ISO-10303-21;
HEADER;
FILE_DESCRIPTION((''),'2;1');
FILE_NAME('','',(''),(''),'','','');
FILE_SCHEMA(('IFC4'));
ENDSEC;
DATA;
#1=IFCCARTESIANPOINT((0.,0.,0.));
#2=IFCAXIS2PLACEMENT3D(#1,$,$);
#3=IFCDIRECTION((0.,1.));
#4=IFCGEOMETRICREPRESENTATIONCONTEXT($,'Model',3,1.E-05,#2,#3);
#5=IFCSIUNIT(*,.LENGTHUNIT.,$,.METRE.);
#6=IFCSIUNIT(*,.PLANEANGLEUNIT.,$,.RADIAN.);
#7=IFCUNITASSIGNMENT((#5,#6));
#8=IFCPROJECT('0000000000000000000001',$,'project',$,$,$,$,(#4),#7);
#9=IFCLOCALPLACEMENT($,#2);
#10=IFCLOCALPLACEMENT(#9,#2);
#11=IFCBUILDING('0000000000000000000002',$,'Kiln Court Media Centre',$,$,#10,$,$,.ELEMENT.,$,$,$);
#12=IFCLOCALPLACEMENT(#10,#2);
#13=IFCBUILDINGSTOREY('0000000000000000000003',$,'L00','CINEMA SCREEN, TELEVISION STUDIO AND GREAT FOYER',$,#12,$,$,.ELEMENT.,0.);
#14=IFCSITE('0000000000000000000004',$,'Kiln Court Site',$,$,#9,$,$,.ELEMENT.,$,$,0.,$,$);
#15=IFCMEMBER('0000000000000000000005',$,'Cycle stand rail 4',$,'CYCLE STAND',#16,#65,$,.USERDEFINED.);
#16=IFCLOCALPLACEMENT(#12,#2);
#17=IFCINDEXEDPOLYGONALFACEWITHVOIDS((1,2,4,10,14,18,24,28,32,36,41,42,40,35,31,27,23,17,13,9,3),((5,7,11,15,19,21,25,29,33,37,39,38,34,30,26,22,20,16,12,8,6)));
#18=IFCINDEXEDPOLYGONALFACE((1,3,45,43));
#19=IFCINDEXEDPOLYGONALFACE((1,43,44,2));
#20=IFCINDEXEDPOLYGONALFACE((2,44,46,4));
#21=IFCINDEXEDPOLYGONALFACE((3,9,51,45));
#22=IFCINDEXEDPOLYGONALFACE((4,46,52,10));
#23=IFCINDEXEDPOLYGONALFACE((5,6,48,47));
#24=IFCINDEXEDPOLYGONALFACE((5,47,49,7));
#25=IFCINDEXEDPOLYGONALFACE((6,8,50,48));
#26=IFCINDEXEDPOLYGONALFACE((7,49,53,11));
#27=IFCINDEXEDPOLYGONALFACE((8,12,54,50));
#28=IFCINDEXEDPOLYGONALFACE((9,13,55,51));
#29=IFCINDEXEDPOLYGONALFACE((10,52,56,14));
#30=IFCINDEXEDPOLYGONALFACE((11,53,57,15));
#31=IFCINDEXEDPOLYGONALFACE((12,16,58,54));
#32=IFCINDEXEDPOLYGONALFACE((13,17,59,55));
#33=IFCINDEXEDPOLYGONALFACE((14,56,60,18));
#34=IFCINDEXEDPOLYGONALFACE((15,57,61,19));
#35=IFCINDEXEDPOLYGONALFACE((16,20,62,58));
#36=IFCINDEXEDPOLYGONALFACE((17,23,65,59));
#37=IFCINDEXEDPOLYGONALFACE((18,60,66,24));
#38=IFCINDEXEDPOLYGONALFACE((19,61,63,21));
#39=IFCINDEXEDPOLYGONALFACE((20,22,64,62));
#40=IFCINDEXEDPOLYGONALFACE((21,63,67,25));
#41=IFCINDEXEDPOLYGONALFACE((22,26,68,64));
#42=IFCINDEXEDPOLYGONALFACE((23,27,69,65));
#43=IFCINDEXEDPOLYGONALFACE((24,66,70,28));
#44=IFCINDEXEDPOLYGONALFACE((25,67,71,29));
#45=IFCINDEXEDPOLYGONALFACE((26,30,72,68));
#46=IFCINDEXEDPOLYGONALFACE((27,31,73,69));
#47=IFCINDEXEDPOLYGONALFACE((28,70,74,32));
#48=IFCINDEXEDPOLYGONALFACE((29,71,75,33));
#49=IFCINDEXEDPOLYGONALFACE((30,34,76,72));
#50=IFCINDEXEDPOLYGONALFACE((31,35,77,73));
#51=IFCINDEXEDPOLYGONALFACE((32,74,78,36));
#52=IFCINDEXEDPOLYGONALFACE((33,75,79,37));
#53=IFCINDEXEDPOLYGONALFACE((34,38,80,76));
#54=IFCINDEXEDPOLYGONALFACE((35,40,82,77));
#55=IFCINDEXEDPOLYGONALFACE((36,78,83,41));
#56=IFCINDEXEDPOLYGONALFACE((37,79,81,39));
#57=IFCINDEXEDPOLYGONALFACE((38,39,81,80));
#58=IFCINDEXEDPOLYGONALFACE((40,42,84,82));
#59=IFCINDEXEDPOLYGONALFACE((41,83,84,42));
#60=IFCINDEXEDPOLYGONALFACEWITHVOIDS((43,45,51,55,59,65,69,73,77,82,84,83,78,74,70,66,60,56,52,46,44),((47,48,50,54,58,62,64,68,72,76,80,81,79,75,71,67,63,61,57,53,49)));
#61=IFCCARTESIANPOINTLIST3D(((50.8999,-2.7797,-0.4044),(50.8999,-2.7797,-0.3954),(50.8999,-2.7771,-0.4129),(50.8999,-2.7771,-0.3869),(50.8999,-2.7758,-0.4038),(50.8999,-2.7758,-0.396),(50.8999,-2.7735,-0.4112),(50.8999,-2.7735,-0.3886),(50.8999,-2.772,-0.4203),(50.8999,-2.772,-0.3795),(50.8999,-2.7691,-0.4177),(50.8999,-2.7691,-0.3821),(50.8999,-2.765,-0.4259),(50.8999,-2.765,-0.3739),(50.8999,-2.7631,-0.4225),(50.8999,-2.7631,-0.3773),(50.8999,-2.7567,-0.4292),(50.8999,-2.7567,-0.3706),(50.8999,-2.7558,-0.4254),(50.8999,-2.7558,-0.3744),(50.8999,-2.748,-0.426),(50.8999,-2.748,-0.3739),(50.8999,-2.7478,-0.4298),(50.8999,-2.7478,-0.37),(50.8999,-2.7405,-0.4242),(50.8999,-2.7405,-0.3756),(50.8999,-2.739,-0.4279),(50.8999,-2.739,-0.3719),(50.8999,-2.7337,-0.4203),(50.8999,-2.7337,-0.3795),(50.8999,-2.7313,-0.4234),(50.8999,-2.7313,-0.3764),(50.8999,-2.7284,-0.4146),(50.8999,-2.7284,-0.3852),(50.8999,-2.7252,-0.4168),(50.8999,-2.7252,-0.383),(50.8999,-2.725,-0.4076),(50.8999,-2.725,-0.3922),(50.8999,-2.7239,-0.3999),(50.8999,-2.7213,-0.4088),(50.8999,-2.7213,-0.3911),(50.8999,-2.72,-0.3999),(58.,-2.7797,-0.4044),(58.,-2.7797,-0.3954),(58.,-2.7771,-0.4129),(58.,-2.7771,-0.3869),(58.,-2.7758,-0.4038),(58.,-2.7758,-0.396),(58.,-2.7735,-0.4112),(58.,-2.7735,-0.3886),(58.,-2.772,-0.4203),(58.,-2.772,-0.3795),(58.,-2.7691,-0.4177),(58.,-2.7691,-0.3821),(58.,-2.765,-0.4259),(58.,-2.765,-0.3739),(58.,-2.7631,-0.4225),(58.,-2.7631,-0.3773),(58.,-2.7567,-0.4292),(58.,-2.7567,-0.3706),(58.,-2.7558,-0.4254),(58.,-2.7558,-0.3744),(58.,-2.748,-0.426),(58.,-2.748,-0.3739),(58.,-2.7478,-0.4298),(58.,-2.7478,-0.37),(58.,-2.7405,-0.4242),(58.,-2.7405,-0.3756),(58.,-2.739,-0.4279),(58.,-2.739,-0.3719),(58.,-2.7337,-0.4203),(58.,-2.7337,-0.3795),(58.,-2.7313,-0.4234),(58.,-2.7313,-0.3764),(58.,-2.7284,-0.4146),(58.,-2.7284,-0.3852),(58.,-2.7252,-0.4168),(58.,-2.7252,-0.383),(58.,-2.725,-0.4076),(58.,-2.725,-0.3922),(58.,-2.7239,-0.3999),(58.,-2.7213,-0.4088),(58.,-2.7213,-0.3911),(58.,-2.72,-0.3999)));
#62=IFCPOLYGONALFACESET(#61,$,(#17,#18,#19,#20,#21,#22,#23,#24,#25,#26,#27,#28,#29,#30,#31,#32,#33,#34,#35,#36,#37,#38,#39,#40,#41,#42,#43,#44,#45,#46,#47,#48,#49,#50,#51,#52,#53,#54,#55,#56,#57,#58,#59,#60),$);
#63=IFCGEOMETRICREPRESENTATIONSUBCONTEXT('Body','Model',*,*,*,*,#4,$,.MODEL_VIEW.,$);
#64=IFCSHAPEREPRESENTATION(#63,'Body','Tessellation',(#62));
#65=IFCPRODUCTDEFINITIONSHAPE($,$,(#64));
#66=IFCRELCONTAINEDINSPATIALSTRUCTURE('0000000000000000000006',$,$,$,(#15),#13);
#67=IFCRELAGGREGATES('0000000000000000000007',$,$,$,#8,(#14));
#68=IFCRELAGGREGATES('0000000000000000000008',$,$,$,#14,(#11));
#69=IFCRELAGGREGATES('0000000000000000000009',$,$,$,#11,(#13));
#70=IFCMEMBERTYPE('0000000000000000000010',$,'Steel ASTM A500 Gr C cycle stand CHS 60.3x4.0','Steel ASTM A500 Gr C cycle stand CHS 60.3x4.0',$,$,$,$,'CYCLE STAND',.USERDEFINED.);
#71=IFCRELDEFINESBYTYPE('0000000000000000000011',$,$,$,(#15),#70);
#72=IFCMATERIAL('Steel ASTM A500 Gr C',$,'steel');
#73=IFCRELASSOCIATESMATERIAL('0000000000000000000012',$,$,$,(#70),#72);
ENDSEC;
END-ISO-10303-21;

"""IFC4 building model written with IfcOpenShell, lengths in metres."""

from ifc_helpers import new_model, si_unit, direction, frame, origin, origin_2d, place, context, subcontext, project, spatial, hollow_circle, extrude, material, material_profile, profile_set, type_object, element, save


model = new_model("IFC4")

# Units and contexts
model_context = context("Model", 3, precision=1e-05, world=origin(), true_north=direction((0.0, 1.0)))
body_context = subcontext(model_context, "Body", "Model", "MODEL_VIEW")
ifc_project = project(units=[si_unit("LENGTHUNIT", "METRE"), si_unit("PLANEANGLEUNIT", "RADIAN")], contexts=[model_context])

# Site, building, storey
site_placement = place(None, origin())
site = spatial("IfcSite", under=ifc_project, at=site_placement, Name="Kiln Court Site", CompositionType="ELEMENT", RefElevation=0.0)
building_placement = place(site_placement, origin())
building = spatial("IfcBuilding", under=site, at=building_placement, Name="Kiln Court Media Centre", CompositionType="ELEMENT")
storey_placement = place(building_placement, origin())
storey = spatial("IfcBuildingStorey", under=building, at=storey_placement, Name="L00", Description="CINEMA SCREEN, TELEVISION STUDIO AND GREAT FOYER", CompositionType="ELEMENT", Elevation=0.0)

# Member
ifc_material = material(Name="Steel ASTM A500 Gr C", Category="steel")
ifc_material_profile = material_profile(ifc_material, hollow_circle(Radius=0.03, WallThickness=0.0039, at=origin_2d()), Name="CHS 60.3x4.0")
ifc_profile_set = profile_set([ifc_material_profile], Name="Steel ASTM A500 Gr C")
member_type = type_object("IfcMemberType", Name="Steel ASTM A500 Gr C cycle stand CHS 60.3x4.0", Description="Steel ASTM A500 Gr C cycle stand CHS 60.3x4.0", ElementType="CYCLE STAND", PredefinedType="USERDEFINED", material=ifc_profile_set)
member_1_placement = place(storey_placement, frame((50.8999, -2.75, -0.3999), z_axis=(1.0, 0.0, 0.0), x_axis=(0.0, 1.0, 0.0)))
element("IfcMember", 1, at=member_1_placement, inside=storey, type_object=member_type, Name="Cycle stand rail 4", ObjectType="CYCLE STAND", PredefinedType="USERDEFINED", context=body_context, shape_type="SweptSolid", body=[
    extrude(hollow_circle(Radius=0.03, WallThickness=0.0039, at=origin_2d()), origin(), (0.0, 0.0, 1.0), 7.1001),
])

save(model, "model.ifc")
